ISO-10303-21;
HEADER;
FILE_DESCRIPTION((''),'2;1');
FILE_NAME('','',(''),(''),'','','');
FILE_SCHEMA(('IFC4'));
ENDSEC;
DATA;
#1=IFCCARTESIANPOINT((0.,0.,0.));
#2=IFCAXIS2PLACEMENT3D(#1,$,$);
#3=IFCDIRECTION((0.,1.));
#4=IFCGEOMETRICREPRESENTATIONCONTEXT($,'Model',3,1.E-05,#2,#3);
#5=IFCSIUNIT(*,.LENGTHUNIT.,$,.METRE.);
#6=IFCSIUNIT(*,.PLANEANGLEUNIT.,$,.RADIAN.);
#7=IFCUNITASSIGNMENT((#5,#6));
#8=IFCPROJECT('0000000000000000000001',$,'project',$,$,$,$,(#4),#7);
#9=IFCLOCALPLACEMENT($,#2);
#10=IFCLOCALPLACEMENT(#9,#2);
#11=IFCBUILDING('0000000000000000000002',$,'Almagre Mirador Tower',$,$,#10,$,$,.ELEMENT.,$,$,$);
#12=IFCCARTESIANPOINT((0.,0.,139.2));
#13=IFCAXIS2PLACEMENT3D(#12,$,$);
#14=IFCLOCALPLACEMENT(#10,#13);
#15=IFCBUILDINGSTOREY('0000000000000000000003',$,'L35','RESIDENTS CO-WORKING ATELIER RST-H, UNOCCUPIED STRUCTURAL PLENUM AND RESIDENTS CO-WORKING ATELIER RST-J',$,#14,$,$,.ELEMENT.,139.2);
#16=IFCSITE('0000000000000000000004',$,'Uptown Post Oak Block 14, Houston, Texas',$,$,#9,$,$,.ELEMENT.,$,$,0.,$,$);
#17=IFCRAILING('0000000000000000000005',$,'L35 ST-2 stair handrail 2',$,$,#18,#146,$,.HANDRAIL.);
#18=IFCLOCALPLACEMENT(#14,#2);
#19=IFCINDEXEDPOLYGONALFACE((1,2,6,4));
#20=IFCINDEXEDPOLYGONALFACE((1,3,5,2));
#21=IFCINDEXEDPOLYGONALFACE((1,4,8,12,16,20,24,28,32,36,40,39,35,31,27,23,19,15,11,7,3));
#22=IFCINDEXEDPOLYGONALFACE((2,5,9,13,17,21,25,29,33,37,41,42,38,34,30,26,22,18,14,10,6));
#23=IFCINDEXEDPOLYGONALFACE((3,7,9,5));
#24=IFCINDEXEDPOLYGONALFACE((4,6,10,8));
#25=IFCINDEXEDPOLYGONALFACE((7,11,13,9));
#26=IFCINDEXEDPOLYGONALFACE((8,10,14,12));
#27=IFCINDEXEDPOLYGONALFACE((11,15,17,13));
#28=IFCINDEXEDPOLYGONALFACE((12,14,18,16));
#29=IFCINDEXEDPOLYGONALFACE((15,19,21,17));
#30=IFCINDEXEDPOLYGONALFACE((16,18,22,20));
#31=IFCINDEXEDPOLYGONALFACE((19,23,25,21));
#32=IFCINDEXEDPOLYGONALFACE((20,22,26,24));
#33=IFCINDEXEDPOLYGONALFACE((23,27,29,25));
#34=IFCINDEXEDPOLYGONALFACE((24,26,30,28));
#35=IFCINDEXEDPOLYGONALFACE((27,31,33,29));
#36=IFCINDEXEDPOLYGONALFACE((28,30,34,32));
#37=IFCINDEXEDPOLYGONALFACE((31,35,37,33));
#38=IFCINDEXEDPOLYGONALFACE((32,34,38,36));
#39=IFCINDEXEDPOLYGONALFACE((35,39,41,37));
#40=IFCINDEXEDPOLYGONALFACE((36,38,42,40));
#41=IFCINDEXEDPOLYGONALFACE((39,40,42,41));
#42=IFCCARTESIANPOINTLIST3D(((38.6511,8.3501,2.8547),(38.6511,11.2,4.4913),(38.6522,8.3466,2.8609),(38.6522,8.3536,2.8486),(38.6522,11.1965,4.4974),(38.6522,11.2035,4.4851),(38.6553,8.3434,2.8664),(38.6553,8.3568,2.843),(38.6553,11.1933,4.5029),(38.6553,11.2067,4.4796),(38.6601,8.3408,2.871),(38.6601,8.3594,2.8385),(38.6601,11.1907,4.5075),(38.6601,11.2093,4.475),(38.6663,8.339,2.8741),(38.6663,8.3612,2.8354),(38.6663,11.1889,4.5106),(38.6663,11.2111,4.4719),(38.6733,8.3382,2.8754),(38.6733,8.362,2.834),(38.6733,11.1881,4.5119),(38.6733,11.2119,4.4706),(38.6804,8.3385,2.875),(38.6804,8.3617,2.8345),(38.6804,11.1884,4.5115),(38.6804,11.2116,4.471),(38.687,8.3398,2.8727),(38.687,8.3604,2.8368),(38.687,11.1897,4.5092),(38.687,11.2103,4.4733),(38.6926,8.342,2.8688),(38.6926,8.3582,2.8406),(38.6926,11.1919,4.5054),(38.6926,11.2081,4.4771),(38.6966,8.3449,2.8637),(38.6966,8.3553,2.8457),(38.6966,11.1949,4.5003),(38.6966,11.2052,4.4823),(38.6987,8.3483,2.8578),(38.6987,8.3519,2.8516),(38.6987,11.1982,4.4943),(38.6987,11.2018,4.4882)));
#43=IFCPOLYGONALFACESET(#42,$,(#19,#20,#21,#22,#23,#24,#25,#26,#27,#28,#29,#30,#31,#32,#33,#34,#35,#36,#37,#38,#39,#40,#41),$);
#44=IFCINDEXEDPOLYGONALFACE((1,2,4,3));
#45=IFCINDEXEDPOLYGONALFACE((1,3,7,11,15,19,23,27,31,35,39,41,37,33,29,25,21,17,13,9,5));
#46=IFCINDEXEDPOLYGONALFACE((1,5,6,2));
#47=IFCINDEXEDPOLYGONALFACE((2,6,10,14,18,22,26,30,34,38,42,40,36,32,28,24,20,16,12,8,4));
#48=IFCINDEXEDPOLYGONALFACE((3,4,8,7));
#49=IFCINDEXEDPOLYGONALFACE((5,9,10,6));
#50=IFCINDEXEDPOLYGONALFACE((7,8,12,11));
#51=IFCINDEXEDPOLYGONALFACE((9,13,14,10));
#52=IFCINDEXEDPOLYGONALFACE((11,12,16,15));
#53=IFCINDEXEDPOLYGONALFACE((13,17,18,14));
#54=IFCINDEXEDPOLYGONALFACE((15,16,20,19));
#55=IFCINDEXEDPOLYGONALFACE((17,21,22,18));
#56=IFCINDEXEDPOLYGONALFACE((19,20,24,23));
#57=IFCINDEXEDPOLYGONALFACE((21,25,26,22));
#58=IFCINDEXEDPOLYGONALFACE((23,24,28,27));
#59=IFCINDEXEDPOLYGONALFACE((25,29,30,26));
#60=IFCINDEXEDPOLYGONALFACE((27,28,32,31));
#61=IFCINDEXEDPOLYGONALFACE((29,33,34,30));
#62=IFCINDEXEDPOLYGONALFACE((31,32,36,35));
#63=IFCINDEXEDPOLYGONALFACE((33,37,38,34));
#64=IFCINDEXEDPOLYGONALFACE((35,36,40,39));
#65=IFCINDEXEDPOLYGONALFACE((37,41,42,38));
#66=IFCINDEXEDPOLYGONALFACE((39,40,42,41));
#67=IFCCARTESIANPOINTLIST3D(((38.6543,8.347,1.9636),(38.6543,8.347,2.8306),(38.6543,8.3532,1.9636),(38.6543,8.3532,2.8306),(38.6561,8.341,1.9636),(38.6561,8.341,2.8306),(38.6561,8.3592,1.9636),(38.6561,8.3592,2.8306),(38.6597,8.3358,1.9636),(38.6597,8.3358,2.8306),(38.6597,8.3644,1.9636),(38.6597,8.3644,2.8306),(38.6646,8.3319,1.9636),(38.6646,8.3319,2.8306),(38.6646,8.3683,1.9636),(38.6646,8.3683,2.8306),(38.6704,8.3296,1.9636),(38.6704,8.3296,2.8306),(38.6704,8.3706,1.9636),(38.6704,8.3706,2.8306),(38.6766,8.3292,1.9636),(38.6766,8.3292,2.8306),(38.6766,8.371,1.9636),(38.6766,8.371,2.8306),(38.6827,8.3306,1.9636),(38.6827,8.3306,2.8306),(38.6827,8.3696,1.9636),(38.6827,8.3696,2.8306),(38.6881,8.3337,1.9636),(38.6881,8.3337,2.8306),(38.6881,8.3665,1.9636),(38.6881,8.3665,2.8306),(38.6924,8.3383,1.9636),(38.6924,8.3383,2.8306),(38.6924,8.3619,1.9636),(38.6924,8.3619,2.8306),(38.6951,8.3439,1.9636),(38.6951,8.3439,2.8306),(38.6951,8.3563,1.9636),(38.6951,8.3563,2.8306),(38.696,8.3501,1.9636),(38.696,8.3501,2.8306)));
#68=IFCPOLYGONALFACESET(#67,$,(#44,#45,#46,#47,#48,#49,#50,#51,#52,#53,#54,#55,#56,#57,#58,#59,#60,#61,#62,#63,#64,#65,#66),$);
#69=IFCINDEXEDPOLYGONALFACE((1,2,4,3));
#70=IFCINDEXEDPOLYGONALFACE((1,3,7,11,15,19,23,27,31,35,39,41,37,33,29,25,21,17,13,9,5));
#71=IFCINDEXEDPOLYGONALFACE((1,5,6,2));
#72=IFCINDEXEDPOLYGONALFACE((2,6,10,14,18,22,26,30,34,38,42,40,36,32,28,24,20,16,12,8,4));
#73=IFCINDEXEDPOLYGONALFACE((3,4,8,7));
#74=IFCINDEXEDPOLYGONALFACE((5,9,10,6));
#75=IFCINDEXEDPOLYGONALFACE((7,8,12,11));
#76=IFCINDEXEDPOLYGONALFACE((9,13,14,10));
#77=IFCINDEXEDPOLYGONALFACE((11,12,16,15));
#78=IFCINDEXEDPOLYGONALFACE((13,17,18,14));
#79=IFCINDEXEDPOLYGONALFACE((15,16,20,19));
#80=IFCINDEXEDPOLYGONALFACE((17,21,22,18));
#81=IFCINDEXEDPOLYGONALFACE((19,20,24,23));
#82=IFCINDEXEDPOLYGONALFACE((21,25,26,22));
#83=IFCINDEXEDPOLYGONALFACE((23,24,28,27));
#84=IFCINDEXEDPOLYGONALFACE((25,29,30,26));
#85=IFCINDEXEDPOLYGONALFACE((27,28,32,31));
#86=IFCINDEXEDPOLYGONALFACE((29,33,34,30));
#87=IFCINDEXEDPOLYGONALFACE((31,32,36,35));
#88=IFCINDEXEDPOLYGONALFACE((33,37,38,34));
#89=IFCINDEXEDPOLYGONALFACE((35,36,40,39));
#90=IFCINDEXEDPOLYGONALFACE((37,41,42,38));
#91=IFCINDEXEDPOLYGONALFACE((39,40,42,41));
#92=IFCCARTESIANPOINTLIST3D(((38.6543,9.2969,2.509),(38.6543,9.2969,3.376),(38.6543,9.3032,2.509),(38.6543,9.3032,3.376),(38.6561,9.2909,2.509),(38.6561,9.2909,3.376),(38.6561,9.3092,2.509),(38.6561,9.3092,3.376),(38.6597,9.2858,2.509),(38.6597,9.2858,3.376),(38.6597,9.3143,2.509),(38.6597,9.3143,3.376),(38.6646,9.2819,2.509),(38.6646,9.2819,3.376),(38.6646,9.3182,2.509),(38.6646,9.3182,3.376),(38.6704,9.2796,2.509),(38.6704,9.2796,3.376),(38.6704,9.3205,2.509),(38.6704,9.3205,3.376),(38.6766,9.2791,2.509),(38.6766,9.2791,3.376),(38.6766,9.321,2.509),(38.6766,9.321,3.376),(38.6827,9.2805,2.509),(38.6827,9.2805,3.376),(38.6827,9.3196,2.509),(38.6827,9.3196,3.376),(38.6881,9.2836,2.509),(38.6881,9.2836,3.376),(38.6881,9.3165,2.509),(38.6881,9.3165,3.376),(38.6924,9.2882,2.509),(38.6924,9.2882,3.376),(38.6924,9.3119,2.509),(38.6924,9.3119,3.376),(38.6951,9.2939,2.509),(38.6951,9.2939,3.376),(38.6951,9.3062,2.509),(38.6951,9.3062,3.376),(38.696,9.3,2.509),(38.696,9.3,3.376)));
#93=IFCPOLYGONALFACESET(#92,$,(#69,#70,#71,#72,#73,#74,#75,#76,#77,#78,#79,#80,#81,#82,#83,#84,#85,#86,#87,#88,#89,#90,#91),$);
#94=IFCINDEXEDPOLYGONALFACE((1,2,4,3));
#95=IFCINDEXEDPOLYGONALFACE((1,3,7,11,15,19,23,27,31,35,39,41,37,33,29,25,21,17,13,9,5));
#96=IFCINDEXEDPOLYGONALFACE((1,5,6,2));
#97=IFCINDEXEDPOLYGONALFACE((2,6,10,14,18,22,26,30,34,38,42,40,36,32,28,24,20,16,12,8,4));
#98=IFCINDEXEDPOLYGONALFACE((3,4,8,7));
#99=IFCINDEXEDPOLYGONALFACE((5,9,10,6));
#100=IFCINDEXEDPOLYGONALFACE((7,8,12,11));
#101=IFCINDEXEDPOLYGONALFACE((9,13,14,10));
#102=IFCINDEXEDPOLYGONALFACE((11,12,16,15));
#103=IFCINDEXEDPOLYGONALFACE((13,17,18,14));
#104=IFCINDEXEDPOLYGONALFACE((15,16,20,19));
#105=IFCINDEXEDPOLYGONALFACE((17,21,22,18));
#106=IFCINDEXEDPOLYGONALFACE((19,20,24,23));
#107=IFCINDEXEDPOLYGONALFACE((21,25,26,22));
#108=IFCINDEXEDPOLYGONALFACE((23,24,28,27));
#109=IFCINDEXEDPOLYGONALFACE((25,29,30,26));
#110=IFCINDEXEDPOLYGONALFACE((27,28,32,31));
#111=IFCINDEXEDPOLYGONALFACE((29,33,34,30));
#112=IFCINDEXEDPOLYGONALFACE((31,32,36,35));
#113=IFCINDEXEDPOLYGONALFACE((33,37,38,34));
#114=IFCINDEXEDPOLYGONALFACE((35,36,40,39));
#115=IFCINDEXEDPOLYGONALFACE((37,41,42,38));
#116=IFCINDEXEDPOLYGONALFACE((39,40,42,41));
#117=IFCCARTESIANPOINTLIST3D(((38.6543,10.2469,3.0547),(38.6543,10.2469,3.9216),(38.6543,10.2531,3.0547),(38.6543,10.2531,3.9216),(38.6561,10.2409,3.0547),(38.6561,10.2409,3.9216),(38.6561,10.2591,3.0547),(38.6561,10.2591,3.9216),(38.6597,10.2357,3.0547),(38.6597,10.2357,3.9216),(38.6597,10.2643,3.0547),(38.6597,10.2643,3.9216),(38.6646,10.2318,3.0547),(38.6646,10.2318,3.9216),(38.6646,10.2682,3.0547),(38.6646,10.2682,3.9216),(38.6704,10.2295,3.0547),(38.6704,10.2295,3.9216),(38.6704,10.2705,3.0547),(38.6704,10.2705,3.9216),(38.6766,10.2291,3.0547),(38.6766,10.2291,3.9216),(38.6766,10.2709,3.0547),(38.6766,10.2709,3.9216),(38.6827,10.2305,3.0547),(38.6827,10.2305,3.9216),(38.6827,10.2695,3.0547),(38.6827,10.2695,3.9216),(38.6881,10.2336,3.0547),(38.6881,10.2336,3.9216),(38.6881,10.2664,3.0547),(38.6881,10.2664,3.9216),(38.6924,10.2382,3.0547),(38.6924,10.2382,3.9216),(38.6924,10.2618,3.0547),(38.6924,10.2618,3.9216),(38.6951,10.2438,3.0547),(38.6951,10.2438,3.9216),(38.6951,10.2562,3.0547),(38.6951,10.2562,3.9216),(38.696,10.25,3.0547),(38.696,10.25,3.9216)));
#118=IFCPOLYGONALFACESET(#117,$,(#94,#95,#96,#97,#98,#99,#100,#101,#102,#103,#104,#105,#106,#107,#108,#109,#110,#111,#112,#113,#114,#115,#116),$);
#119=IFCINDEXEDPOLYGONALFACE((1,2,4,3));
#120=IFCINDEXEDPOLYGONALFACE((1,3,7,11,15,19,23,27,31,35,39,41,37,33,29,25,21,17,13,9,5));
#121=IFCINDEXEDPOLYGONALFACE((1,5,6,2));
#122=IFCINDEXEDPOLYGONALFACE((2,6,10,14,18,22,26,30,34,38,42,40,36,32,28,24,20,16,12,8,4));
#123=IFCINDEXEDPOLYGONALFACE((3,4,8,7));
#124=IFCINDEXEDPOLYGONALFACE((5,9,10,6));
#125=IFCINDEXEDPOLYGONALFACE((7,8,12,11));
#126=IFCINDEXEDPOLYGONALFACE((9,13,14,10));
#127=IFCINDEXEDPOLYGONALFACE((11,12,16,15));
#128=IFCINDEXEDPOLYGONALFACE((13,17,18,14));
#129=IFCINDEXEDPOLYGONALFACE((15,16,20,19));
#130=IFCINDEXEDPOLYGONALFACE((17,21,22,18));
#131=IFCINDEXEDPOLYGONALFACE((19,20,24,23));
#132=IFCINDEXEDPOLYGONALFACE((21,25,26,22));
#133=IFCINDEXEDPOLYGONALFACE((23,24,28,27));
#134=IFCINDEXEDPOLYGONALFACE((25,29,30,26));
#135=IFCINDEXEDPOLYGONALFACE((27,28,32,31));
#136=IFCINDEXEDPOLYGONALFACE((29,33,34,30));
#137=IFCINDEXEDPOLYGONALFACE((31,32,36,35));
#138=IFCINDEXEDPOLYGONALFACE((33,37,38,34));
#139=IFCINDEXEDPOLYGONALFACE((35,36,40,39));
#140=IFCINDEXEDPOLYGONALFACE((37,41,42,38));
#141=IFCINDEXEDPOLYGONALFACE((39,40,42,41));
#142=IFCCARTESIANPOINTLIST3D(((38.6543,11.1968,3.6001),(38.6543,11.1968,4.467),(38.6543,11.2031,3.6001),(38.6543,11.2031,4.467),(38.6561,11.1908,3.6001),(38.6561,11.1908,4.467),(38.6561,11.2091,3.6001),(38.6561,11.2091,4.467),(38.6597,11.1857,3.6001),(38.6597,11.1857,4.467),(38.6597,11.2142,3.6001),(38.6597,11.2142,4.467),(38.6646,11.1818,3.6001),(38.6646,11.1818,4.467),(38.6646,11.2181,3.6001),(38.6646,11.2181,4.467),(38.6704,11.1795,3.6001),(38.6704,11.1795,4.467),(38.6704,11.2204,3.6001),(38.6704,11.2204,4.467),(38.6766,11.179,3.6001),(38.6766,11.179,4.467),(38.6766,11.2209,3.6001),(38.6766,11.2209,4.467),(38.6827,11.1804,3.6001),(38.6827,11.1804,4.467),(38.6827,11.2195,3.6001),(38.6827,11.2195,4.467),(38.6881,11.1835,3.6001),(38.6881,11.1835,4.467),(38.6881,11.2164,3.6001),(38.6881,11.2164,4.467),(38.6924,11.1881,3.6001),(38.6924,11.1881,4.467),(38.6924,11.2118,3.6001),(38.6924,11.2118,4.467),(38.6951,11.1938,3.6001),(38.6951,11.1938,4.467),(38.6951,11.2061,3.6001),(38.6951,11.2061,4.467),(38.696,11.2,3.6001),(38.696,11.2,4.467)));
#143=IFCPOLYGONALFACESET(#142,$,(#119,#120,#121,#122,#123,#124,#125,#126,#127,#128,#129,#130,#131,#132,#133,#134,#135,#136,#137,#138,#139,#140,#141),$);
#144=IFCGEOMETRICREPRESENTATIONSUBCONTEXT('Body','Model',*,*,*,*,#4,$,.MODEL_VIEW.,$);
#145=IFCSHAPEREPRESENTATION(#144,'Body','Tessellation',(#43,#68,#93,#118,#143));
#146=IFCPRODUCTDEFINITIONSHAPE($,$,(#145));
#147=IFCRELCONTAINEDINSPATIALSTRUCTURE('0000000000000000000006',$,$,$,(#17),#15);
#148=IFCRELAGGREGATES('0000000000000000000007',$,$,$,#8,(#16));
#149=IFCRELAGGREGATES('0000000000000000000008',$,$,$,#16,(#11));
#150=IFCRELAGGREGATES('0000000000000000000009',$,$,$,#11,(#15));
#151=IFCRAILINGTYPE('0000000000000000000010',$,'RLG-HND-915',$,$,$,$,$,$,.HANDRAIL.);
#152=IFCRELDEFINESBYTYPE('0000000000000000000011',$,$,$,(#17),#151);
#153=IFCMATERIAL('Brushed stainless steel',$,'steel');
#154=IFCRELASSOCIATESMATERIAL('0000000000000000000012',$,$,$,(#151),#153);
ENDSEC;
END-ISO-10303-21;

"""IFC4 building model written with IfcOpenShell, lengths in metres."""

from ifc_helpers import new_model, si_unit, direction, frame, origin, origin_2d, place, context, subcontext, project, spatial, circle, extrude, material, type_object, element, save


model = new_model("IFC4")

# Units and contexts
model_context = context("Model", 3, precision=1e-05, world=origin(), true_north=direction((0.0, 1.0)))
body_context = subcontext(model_context, "Body", "Model", "MODEL_VIEW")
ifc_project = project(units=[si_unit("LENGTHUNIT", "METRE"), si_unit("PLANEANGLEUNIT", "RADIAN")], contexts=[model_context])

# Site, building, storey
site_placement = place(None, origin())
site = spatial("IfcSite", under=ifc_project, at=site_placement, Name="Uptown Post Oak Block 14, Houston, Texas", CompositionType="ELEMENT", RefElevation=0.0)
building_placement = place(site_placement, origin())
building = spatial("IfcBuilding", under=site, at=building_placement, Name="Almagre Mirador Tower", CompositionType="ELEMENT")
storey_placement = place(building_placement, frame((0.0, 0.0, 139.2)))
storey = spatial("IfcBuildingStorey", under=building, at=storey_placement, Name="L35", Description="RESIDENTS CO-WORKING ATELIER RST-H, UNOCCUPIED STRUCTURAL PLENUM AND RESIDENTS CO-WORKING ATELIER RST-J", CompositionType="ELEMENT", Elevation=139.2)

# Railing
ifc_material_1 = material(Name="Brushed stainless steel", Category="steel")
railing_type_1 = type_object("IfcRailingType", Name="RLG-HND-915", PredefinedType="HANDRAIL", material=ifc_material_1)
railing_1_placement = place(storey_placement, frame((38.675, 8.3501, 1.9636)))
element("IfcRailing", 1, at=railing_1_placement, inside=storey, type_object=railing_type_1, Name="L35 ST-2 stair handrail 2", PredefinedType="HANDRAIL", context=body_context, shape_type="SweptSolid", body=[
    extrude(circle(Radius=0.0239, at=origin_2d()), frame((0.0, 0.0, 0.8911), z_axis=(0.0, 0.867194, 0.49797), x_axis=(-1.0, 0.0, 0.0)), (0.0, 0.0, 1.0), 3.2864),
    extrude(circle(Radius=0.021, at=origin_2d()), origin(), (0.0, 0.0, 1.0), 0.8669),
    extrude(circle(Radius=0.021, at=origin_2d()), frame((0.0, 0.95, 0.5454)), (0.0, 0.0, 1.0), 0.8669),
    extrude(circle(Radius=0.021, at=origin_2d()), frame((0.0, 1.8999, 1.0911)), (0.0, 0.0, 1.0), 0.8669),
    extrude(circle(Radius=0.021, at=origin_2d()), frame((0.0, 2.8499, 1.6365)), (0.0, 0.0, 1.0), 0.8669),
])

save(model, "model.ifc")
